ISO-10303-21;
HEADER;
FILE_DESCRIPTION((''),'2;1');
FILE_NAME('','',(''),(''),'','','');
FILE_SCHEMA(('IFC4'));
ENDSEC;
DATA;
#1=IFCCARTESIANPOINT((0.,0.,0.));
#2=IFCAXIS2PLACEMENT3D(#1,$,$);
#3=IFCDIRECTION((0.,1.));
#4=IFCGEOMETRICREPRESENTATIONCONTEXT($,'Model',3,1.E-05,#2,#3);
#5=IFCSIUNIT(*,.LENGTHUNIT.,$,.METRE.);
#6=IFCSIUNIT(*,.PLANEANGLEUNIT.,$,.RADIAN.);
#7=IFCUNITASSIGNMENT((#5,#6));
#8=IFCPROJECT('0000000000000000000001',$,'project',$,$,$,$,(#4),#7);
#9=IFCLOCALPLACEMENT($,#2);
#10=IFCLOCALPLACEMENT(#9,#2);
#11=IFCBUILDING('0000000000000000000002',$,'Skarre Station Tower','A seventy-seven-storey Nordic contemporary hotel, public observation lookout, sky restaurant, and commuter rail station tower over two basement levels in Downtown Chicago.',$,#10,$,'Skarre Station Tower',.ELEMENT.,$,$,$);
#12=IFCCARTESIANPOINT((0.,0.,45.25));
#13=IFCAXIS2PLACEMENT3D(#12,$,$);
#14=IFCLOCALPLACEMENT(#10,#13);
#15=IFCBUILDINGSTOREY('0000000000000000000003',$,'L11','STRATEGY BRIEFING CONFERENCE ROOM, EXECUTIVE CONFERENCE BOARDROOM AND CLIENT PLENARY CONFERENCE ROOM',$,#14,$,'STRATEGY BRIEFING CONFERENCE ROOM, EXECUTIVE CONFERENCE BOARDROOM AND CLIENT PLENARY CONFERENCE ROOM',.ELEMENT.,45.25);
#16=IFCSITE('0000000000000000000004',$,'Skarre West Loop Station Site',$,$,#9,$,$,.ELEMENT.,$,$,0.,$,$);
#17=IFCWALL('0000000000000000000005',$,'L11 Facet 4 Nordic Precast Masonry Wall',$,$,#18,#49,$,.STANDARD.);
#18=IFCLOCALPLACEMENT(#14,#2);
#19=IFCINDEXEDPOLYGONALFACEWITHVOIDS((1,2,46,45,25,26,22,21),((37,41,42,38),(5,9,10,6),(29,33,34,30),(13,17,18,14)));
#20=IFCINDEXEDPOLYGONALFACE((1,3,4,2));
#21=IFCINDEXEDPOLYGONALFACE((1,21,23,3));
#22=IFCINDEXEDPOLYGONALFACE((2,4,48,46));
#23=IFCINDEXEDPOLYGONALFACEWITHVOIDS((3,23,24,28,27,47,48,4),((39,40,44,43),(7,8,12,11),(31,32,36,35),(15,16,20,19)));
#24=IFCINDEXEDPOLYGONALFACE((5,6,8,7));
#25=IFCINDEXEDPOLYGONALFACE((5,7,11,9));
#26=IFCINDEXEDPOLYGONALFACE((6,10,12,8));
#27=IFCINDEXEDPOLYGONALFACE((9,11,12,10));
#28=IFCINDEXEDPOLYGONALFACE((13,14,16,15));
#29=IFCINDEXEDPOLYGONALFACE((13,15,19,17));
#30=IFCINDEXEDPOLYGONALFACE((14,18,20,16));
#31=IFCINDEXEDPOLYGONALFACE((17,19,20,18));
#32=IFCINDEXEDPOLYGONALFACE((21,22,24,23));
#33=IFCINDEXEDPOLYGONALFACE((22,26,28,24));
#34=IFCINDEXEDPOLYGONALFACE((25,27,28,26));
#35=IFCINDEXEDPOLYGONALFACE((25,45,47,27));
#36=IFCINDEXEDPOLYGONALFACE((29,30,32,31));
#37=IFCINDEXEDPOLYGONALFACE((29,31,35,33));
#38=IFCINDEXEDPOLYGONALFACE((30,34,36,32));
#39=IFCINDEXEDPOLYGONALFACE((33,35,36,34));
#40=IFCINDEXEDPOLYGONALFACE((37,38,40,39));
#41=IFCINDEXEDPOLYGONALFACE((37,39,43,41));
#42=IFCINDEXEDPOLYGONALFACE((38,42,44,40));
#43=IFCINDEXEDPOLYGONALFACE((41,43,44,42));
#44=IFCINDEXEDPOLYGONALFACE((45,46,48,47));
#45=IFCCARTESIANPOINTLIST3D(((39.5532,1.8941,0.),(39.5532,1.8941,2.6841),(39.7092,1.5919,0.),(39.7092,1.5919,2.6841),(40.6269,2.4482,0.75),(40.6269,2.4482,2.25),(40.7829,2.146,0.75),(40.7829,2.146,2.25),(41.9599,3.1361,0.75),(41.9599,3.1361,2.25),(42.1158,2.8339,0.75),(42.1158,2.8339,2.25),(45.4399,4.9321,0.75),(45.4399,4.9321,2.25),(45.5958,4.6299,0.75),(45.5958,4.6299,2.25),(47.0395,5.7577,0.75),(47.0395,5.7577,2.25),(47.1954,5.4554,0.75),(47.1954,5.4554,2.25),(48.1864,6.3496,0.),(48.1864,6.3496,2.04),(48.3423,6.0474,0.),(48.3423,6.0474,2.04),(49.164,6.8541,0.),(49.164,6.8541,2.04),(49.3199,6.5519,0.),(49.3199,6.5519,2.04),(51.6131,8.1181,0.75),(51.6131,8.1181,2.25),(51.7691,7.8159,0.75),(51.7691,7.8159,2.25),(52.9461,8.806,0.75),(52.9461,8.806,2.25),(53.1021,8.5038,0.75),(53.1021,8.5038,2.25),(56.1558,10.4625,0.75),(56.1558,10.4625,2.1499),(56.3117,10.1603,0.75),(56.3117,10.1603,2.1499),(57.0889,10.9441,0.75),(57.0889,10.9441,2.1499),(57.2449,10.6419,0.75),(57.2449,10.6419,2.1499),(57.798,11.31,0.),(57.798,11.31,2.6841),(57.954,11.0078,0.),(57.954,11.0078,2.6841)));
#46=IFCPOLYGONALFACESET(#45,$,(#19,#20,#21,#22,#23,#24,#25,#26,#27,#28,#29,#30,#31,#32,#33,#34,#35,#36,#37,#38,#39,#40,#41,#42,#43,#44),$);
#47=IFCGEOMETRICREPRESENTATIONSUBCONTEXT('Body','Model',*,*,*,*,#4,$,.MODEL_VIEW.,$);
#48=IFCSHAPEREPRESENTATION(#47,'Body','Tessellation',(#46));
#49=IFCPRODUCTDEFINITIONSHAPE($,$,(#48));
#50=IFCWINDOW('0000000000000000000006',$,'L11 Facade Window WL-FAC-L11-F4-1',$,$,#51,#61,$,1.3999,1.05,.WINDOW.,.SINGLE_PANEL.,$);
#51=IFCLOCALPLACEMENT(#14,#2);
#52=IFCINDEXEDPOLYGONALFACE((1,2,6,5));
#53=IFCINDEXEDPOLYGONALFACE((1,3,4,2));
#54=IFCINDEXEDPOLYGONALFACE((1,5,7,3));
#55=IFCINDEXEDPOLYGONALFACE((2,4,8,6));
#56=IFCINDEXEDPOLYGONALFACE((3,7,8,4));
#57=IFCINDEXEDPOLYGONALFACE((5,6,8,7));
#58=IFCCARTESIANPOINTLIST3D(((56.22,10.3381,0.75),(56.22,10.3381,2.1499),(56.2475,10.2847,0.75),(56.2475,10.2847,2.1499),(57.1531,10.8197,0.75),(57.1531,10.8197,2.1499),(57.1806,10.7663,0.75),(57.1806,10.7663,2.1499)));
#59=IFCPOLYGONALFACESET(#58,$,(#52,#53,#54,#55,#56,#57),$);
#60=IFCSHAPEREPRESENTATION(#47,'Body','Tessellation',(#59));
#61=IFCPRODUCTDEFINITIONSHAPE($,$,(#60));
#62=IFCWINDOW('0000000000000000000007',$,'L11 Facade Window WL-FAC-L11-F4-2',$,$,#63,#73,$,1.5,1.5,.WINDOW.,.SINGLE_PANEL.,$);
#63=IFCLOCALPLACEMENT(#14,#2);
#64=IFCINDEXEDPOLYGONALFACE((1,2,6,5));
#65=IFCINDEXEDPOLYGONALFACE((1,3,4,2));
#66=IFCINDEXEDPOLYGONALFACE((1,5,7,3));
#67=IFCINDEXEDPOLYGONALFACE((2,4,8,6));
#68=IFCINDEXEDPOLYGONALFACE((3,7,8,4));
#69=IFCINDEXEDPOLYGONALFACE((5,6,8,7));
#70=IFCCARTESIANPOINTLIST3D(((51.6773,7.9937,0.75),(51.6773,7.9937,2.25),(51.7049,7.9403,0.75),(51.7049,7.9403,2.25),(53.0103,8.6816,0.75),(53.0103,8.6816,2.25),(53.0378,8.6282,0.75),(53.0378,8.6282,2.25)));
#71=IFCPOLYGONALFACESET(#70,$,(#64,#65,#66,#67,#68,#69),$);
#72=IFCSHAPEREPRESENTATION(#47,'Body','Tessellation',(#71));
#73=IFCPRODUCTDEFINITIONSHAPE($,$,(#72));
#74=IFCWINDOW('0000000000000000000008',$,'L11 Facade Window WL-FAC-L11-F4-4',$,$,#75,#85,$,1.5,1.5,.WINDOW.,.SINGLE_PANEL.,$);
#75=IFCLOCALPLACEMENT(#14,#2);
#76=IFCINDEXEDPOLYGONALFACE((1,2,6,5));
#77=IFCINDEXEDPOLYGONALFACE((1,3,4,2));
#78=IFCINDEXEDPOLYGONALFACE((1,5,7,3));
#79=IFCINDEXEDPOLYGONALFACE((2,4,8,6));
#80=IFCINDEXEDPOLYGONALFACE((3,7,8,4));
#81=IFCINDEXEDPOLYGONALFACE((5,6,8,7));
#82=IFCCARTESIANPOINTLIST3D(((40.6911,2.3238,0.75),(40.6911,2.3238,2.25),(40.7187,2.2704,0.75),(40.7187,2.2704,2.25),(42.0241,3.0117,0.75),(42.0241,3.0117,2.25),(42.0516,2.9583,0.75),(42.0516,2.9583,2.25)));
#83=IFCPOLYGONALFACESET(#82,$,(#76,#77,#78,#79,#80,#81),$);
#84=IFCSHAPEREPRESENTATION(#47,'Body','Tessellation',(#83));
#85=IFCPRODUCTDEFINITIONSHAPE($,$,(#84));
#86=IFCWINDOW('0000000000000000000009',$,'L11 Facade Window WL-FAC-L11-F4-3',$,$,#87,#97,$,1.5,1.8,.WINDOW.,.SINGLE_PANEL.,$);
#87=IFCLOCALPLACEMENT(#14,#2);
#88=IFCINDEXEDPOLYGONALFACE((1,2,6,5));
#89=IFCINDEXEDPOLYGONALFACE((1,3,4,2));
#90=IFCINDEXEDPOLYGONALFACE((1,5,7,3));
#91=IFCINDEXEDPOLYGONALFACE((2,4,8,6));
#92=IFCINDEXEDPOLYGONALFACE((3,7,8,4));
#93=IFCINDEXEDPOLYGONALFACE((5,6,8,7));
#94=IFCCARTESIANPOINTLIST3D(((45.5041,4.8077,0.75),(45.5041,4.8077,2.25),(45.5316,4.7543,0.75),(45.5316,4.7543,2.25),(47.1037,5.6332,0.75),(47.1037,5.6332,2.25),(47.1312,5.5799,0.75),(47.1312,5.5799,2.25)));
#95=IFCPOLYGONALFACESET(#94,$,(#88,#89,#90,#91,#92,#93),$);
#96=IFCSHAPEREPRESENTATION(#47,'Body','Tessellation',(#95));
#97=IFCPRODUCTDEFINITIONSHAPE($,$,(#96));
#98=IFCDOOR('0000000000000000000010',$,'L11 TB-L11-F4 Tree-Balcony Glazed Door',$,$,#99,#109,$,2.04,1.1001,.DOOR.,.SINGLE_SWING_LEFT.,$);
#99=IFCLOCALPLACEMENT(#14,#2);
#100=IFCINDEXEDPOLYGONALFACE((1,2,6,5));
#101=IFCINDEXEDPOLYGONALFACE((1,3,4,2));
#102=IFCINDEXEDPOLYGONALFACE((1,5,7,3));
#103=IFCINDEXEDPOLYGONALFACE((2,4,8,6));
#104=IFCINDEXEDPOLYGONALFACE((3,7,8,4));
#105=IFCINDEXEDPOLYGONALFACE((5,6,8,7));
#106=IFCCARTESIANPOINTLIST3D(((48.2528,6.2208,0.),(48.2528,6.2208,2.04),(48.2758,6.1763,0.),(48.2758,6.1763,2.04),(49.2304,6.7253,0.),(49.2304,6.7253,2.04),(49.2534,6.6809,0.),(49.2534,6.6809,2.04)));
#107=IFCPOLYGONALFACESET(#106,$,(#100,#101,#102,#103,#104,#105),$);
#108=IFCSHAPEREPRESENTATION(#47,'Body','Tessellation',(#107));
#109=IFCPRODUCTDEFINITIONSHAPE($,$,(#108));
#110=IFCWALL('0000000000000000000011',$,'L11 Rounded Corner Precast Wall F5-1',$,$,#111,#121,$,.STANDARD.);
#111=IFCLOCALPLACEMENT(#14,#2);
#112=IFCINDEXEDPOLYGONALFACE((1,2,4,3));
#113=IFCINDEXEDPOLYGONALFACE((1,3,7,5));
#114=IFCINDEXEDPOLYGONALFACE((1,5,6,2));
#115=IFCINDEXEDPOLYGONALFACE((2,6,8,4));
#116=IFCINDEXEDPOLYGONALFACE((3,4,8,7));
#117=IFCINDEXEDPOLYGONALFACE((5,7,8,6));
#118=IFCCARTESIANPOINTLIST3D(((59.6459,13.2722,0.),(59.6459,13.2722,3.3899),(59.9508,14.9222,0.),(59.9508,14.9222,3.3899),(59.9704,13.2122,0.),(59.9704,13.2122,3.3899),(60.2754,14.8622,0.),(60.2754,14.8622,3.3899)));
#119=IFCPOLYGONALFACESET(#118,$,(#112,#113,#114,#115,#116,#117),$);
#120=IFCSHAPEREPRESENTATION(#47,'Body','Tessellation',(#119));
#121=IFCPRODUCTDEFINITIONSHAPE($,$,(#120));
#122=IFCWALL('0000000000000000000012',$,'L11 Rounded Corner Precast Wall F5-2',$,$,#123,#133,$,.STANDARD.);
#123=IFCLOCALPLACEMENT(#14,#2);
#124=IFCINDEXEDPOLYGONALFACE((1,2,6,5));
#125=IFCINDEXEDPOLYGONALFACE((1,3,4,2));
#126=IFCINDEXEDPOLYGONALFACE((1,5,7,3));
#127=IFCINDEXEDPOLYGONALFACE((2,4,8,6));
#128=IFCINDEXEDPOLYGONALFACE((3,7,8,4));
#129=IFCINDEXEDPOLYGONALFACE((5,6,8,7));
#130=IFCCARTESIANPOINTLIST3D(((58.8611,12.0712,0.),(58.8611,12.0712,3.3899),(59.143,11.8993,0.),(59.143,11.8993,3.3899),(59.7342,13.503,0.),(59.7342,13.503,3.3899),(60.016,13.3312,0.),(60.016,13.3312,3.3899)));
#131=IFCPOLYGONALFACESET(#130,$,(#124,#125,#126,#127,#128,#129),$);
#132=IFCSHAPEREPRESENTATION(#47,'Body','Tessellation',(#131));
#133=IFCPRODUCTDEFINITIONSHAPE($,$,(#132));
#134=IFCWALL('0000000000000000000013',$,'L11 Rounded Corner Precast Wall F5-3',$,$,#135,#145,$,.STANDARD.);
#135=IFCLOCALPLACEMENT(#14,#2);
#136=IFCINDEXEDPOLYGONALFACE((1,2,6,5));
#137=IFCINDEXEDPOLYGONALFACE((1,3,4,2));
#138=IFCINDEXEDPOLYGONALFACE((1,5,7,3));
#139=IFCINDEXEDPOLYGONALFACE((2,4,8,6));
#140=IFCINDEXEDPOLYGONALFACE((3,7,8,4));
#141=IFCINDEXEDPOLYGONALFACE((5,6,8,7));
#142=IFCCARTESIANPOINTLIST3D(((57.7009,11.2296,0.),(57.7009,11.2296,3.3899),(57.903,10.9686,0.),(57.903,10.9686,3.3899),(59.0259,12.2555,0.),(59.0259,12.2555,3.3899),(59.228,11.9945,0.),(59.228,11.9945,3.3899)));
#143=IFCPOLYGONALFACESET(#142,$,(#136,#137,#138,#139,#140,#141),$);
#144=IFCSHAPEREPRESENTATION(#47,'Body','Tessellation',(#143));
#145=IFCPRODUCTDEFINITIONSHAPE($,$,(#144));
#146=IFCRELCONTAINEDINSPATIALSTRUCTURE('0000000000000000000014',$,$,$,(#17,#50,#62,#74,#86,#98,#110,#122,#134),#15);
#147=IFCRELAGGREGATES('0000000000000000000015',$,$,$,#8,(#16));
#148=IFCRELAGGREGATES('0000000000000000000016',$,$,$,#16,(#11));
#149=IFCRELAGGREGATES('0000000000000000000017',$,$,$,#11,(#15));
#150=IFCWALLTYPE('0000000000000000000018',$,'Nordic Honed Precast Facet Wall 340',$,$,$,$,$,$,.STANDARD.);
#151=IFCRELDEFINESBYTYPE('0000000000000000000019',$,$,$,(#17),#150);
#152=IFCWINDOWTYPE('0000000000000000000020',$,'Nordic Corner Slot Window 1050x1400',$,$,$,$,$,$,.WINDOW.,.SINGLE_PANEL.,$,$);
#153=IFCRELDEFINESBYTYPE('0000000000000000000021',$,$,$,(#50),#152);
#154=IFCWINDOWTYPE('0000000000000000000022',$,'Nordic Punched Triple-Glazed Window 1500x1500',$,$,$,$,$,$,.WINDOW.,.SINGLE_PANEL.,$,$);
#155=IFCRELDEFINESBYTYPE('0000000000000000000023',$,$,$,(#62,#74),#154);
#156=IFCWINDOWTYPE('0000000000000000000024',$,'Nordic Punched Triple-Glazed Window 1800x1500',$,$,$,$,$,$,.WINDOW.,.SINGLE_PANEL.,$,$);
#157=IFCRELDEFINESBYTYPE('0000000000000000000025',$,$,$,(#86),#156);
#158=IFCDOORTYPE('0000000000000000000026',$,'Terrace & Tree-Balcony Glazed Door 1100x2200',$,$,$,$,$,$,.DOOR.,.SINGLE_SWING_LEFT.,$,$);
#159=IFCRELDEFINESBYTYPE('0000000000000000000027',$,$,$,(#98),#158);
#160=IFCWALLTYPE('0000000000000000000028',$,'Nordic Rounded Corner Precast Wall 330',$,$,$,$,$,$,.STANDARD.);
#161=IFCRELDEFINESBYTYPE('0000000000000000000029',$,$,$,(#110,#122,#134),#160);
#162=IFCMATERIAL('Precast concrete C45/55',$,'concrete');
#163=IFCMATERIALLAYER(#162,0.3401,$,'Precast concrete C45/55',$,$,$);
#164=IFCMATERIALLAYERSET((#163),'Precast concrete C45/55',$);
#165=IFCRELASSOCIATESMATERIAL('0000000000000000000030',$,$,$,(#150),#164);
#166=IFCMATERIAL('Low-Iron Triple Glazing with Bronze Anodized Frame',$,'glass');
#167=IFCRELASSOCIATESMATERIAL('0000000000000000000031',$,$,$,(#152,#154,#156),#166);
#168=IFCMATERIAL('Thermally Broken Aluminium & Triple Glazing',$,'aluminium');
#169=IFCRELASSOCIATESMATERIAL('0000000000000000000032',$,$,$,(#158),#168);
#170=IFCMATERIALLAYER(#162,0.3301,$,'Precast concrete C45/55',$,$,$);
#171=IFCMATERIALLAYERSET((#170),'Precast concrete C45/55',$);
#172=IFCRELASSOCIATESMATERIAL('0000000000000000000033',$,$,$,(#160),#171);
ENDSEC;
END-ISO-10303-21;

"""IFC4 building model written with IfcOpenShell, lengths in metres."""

from ifc_helpers import new_model, si_unit, direction, frame, frame_2d, origin, place, context, subcontext, project, spatial, rectangle, extrude, material, layer, layer_set, type_object, element, fill, save


model = new_model("IFC4")

# Units and contexts
model_context = context("Model", 3, precision=1e-05, world=origin(), true_north=direction((0.0, 1.0)))
body_context = subcontext(model_context, "Body", "Model", "MODEL_VIEW")
ifc_project = project(units=[si_unit("LENGTHUNIT", "METRE"), si_unit("PLANEANGLEUNIT", "RADIAN")], contexts=[model_context])

# Site, building, storey
site_placement = place(None, origin())
site = spatial("IfcSite", under=ifc_project, at=site_placement, Name="Skarre West Loop Station Site", CompositionType="ELEMENT", RefElevation=0.0)
building_placement = place(site_placement, origin())
building = spatial("IfcBuilding", under=site, at=building_placement, Name="Skarre Station Tower", Description="A seventy-seven-storey Nordic contemporary hotel, public observation lookout, sky restaurant, and commuter rail station tower over two basement levels in Downtown Chicago.", LongName="Skarre Station Tower", CompositionType="ELEMENT")
storey_placement = place(building_placement, frame((0.0, 0.0, 45.25)))
storey = spatial("IfcBuildingStorey", under=building, at=storey_placement, Name="L11", Description="STRATEGY BRIEFING CONFERENCE ROOM, EXECUTIVE CONFERENCE BOARDROOM AND CLIENT PLENARY CONFERENCE ROOM", LongName="STRATEGY BRIEFING CONFERENCE ROOM, EXECUTIVE CONFERENCE BOARDROOM AND CLIENT PLENARY CONFERENCE ROOM", CompositionType="ELEMENT", Elevation=45.25)

# Wall, openings, windows, door
ifc_material_1 = material(Name="Precast concrete C45/55", Category="concrete")
ifc_layer_1 = layer(ifc_material_1, 0.3401, Name="Precast concrete C45/55")
ifc_layer_set_1 = layer_set([ifc_layer_1], Name="Precast concrete C45/55")
wall_type_1 = type_object("IfcWallType", Name="Nordic Honed Precast Facet Wall 340", PredefinedType="STANDARD", material=ifc_layer_set_1)
wall_1_placement = place(storey_placement, frame((57.876, 11.1589, 0.0), z_axis=(0.0, 0.0, 1.0), x_axis=(-0.888634, -0.458616, 0.0)))
wall_1 = element("IfcWall", 1, at=wall_1_placement, inside=storey, type_object=wall_type_1, Name="L11 Facet 4 Nordic Precast Masonry Wall", PredefinedType="STANDARD", context=body_context, shape_type="SweptSolid", body=[
    extrude(rectangle(XDim=20.5312, YDim=0.3401, at=frame_2d((10.2656, 0.0))), origin(), (0.0, 0.0, 1.0), 2.6841),
])
opening_1_placement = place(wall_1_placement, frame((9.7161, 0.0, 0.0)))
opening_1 = element("IfcOpeningElement", 2, at=opening_1_placement, cuts=wall_1, PredefinedType="OPENING", context=body_context, shape_type="SweptSolid", body=[
    extrude(rectangle(XDim=1.1001, YDim=2.04, at=frame_2d((0.55, 1.02))), frame((0.0, 0.1799, 0.0), z_axis=(0.0, -1.0, 0.0), x_axis=(1.0, 0.0, 0.0)), (0.0, 0.0, 1.0), 0.3601),
])
opening_2_placement = place(wall_1_placement, frame((0.7981, 0.0, 0.75)))
opening_2 = element("IfcOpeningElement", 3, at=opening_2_placement, cuts=wall_1, PredefinedType="OPENING", context=body_context, shape_type="SweptSolid", body=[
    extrude(rectangle(XDim=1.05, YDim=1.3999, at=frame_2d((0.5249, 0.7))), frame((0.0, 0.1799, 0.0), z_axis=(0.0, -1.0, 0.0), x_axis=(1.0, 0.0, 0.0)), (0.0, 0.0, 1.0), 0.3601),
])
opening_3_placement = place(wall_1_placement, frame((5.46, 0.0, 0.75)))
opening_3 = element("IfcOpeningElement", 4, at=opening_3_placement, cuts=wall_1, PredefinedType="OPENING", context=body_context, shape_type="SweptSolid", body=[
    extrude(rectangle(XDim=1.5, YDim=1.5, at=frame_2d((0.75, 0.75))), frame((0.0, 0.1799, 0.0), z_axis=(0.0, -1.0, 0.0), x_axis=(1.0, 0.0, 0.0)), (0.0, 0.0, 1.0), 0.3601),
])
opening_4_placement = place(wall_1_placement, frame((12.1069, 0.0, 0.75)))
opening_4 = element("IfcOpeningElement", 5, at=opening_4_placement, cuts=wall_1, PredefinedType="OPENING", context=body_context, shape_type="SweptSolid", body=[
    extrude(rectangle(XDim=1.8, YDim=1.5, at=frame_2d((0.8999, 0.75))), frame((0.0, 0.1799, 0.0), z_axis=(0.0, -1.0, 0.0), x_axis=(1.0, 0.0, 0.0)), (0.0, 0.0, 1.0), 0.3601),
])
opening_5_placement = place(wall_1_placement, frame((17.823, 0.0, 0.75)))
opening_5 = element("IfcOpeningElement", 6, at=opening_5_placement, cuts=wall_1, PredefinedType="OPENING", context=body_context, shape_type="SweptSolid", body=[
    extrude(rectangle(XDim=1.5, YDim=1.5, at=frame_2d((0.75, 0.75))), frame((0.0, 0.1799, 0.0), z_axis=(0.0, -1.0, 0.0), x_axis=(1.0, 0.0, 0.0)), (0.0, 0.0, 1.0), 0.3601),
])
ifc_material_2 = material(Name="Low-Iron Triple Glazing with Bronze Anodized Frame", Category="glass")
window_type_1 = type_object("IfcWindowType", Name="Nordic Corner Slot Window 1050x1400", PartitioningType="SINGLE_PANEL", PredefinedType="WINDOW", material=ifc_material_2)
window_1_placement = place(opening_2_placement, origin())
window_1 = element("IfcWindow", 7, at=window_1_placement, inside=storey, type_object=window_type_1, Name="L11 Facade Window WL-FAC-L11-F4-1", OverallHeight=1.3999, OverallWidth=1.05, PartitioningType="SINGLE_PANEL", PredefinedType="WINDOW", context=body_context, shape_type="SweptSolid", body=[
    extrude(rectangle(XDim=1.05, YDim=1.3999, at=frame_2d((0.5249, 0.7))), frame((0.0, 0.03, 0.0), z_axis=(0.0, -1.0, 0.0), x_axis=(1.0, 0.0, 0.0)), (0.0, 0.0, 1.0), 0.0601),
])
fill(opening_2, window_1)
window_type_2 = type_object("IfcWindowType", Name="Nordic Punched Triple-Glazed Window 1500x1500", PartitioningType="SINGLE_PANEL", PredefinedType="WINDOW", material=ifc_material_2)
window_2_placement = place(opening_3_placement, origin())
window_2 = element("IfcWindow", 8, at=window_2_placement, inside=storey, type_object=window_type_2, Name="L11 Facade Window WL-FAC-L11-F4-2", OverallHeight=1.5, OverallWidth=1.5, PartitioningType="SINGLE_PANEL", PredefinedType="WINDOW", context=body_context, shape_type="SweptSolid", body=[
    extrude(rectangle(XDim=1.5, YDim=1.5, at=frame_2d((0.75, 0.75))), frame((0.0, 0.03, 0.0), z_axis=(0.0, -1.0, 0.0), x_axis=(1.0, 0.0, 0.0)), (0.0, 0.0, 1.0), 0.0601),
])
fill(opening_3, window_2)
window_3_placement = place(opening_5_placement, origin())
window_3 = element("IfcWindow", 9, at=window_3_placement, inside=storey, type_object=window_type_2, Name="L11 Facade Window WL-FAC-L11-F4-4", OverallHeight=1.5, OverallWidth=1.5, PartitioningType="SINGLE_PANEL", PredefinedType="WINDOW", context=body_context, shape_type="SweptSolid", body=[
    extrude(rectangle(XDim=1.5, YDim=1.5, at=frame_2d((0.75, 0.75))), frame((0.0, 0.03, 0.0), z_axis=(0.0, -1.0, 0.0), x_axis=(1.0, 0.0, 0.0)), (0.0, 0.0, 1.0), 0.0601),
])
fill(opening_5, window_3)
window_type_3 = type_object("IfcWindowType", Name="Nordic Punched Triple-Glazed Window 1800x1500", PartitioningType="SINGLE_PANEL", PredefinedType="WINDOW", material=ifc_material_2)
window_4_placement = place(opening_4_placement, origin())
window_4 = element("IfcWindow", 10, at=window_4_placement, inside=storey, type_object=window_type_3, Name="L11 Facade Window WL-FAC-L11-F4-3", OverallHeight=1.5, OverallWidth=1.8, PartitioningType="SINGLE_PANEL", PredefinedType="WINDOW", context=body_context, shape_type="SweptSolid", body=[
    extrude(rectangle(XDim=1.8, YDim=1.5, at=frame_2d((0.8999, 0.75))), frame((0.0, 0.03, 0.0), z_axis=(0.0, -1.0, 0.0), x_axis=(1.0, 0.0, 0.0)), (0.0, 0.0, 1.0), 0.0601),
])
fill(opening_4, window_4)
ifc_material_3 = material(Name="Thermally Broken Aluminium & Triple Glazing", Category="aluminium")
door_type_1 = type_object("IfcDoorType", Name="Terrace & Tree-Balcony Glazed Door 1100x2200", OperationType="SINGLE_SWING_LEFT", PredefinedType="DOOR", material=ifc_material_3)
door_1_placement = place(opening_1_placement, origin())
door_1 = element("IfcDoor", 11, at=door_1_placement, inside=storey, type_object=door_type_1, Name="L11 TB-L11-F4 Tree-Balcony Glazed Door", OperationType="SINGLE_SWING_LEFT", OverallHeight=2.04, OverallWidth=1.1001, PredefinedType="DOOR", context=body_context, shape_type="SweptSolid", body=[
    extrude(rectangle(XDim=1.1001, YDim=2.04, at=frame_2d((0.55, 1.02))), frame((0.0, 0.0249, 0.0), z_axis=(0.0, -1.0, 0.0), x_axis=(1.0, 0.0, 0.0)), (0.0, 0.0, 1.0), 0.05),
])
fill(opening_1, door_1)

# Walls
ifc_layer_2 = layer(ifc_material_1, 0.3301, Name="Precast concrete C45/55")
ifc_layer_set_2 = layer_set([ifc_layer_2], Name="Precast concrete C45/55")
wall_type_2 = type_object("IfcWallType", Name="Nordic Rounded Corner Precast Wall 330", PredefinedType="STANDARD", material=ifc_layer_set_2)
wall_2_placement = place(storey_placement, frame((60.113, 14.8921, 0.0), z_axis=(0.0, 0.0, 1.0), x_axis=(-0.181714, -0.983351, 0.0)))
element("IfcWall", 12, at=wall_2_placement, inside=storey, type_object=wall_type_2, Name="L11 Rounded Corner Precast Wall F5-1", PredefinedType="STANDARD", context=body_context, shape_type="SweptSolid", body=[
    extrude(rectangle(XDim=1.678, YDim=0.3301, at=frame_2d((0.8389, 0.0))), origin(), (0.0, 0.0, 1.0), 3.3899),
])
wall_3_placement = place(storey_placement, frame((59.875, 13.417, 0.0), z_axis=(0.0, 0.0, 1.0), x_axis=(-0.520584, -0.85381, 0.0)))
element("IfcWall", 13, at=wall_3_placement, inside=storey, type_object=wall_type_2, Name="L11 Rounded Corner Precast Wall F5-2", PredefinedType="STANDARD", context=body_context, shape_type="SweptSolid", body=[
    extrude(rectangle(XDim=1.677, YDim=0.3301, at=frame_2d((0.8384, 0.0))), origin(), (0.0, 0.0, 1.0), 3.3899),
])
wall_4_placement = place(storey_placement, frame((59.127, 12.125, 0.0), z_axis=(0.0, 0.0, 1.0), x_axis=(-0.790692, -0.612214, 0.0)))
element("IfcWall", 14, at=wall_4_placement, inside=storey, type_object=wall_type_2, Name="L11 Rounded Corner Precast Wall F5-3", PredefinedType="STANDARD", context=body_context, shape_type="SweptSolid", body=[
    extrude(rectangle(XDim=1.6758, YDim=0.3301, at=frame_2d((0.8379, 0.0))), origin(), (0.0, 0.0, 1.0), 3.3899),
])

save(model, "model.ifc")
